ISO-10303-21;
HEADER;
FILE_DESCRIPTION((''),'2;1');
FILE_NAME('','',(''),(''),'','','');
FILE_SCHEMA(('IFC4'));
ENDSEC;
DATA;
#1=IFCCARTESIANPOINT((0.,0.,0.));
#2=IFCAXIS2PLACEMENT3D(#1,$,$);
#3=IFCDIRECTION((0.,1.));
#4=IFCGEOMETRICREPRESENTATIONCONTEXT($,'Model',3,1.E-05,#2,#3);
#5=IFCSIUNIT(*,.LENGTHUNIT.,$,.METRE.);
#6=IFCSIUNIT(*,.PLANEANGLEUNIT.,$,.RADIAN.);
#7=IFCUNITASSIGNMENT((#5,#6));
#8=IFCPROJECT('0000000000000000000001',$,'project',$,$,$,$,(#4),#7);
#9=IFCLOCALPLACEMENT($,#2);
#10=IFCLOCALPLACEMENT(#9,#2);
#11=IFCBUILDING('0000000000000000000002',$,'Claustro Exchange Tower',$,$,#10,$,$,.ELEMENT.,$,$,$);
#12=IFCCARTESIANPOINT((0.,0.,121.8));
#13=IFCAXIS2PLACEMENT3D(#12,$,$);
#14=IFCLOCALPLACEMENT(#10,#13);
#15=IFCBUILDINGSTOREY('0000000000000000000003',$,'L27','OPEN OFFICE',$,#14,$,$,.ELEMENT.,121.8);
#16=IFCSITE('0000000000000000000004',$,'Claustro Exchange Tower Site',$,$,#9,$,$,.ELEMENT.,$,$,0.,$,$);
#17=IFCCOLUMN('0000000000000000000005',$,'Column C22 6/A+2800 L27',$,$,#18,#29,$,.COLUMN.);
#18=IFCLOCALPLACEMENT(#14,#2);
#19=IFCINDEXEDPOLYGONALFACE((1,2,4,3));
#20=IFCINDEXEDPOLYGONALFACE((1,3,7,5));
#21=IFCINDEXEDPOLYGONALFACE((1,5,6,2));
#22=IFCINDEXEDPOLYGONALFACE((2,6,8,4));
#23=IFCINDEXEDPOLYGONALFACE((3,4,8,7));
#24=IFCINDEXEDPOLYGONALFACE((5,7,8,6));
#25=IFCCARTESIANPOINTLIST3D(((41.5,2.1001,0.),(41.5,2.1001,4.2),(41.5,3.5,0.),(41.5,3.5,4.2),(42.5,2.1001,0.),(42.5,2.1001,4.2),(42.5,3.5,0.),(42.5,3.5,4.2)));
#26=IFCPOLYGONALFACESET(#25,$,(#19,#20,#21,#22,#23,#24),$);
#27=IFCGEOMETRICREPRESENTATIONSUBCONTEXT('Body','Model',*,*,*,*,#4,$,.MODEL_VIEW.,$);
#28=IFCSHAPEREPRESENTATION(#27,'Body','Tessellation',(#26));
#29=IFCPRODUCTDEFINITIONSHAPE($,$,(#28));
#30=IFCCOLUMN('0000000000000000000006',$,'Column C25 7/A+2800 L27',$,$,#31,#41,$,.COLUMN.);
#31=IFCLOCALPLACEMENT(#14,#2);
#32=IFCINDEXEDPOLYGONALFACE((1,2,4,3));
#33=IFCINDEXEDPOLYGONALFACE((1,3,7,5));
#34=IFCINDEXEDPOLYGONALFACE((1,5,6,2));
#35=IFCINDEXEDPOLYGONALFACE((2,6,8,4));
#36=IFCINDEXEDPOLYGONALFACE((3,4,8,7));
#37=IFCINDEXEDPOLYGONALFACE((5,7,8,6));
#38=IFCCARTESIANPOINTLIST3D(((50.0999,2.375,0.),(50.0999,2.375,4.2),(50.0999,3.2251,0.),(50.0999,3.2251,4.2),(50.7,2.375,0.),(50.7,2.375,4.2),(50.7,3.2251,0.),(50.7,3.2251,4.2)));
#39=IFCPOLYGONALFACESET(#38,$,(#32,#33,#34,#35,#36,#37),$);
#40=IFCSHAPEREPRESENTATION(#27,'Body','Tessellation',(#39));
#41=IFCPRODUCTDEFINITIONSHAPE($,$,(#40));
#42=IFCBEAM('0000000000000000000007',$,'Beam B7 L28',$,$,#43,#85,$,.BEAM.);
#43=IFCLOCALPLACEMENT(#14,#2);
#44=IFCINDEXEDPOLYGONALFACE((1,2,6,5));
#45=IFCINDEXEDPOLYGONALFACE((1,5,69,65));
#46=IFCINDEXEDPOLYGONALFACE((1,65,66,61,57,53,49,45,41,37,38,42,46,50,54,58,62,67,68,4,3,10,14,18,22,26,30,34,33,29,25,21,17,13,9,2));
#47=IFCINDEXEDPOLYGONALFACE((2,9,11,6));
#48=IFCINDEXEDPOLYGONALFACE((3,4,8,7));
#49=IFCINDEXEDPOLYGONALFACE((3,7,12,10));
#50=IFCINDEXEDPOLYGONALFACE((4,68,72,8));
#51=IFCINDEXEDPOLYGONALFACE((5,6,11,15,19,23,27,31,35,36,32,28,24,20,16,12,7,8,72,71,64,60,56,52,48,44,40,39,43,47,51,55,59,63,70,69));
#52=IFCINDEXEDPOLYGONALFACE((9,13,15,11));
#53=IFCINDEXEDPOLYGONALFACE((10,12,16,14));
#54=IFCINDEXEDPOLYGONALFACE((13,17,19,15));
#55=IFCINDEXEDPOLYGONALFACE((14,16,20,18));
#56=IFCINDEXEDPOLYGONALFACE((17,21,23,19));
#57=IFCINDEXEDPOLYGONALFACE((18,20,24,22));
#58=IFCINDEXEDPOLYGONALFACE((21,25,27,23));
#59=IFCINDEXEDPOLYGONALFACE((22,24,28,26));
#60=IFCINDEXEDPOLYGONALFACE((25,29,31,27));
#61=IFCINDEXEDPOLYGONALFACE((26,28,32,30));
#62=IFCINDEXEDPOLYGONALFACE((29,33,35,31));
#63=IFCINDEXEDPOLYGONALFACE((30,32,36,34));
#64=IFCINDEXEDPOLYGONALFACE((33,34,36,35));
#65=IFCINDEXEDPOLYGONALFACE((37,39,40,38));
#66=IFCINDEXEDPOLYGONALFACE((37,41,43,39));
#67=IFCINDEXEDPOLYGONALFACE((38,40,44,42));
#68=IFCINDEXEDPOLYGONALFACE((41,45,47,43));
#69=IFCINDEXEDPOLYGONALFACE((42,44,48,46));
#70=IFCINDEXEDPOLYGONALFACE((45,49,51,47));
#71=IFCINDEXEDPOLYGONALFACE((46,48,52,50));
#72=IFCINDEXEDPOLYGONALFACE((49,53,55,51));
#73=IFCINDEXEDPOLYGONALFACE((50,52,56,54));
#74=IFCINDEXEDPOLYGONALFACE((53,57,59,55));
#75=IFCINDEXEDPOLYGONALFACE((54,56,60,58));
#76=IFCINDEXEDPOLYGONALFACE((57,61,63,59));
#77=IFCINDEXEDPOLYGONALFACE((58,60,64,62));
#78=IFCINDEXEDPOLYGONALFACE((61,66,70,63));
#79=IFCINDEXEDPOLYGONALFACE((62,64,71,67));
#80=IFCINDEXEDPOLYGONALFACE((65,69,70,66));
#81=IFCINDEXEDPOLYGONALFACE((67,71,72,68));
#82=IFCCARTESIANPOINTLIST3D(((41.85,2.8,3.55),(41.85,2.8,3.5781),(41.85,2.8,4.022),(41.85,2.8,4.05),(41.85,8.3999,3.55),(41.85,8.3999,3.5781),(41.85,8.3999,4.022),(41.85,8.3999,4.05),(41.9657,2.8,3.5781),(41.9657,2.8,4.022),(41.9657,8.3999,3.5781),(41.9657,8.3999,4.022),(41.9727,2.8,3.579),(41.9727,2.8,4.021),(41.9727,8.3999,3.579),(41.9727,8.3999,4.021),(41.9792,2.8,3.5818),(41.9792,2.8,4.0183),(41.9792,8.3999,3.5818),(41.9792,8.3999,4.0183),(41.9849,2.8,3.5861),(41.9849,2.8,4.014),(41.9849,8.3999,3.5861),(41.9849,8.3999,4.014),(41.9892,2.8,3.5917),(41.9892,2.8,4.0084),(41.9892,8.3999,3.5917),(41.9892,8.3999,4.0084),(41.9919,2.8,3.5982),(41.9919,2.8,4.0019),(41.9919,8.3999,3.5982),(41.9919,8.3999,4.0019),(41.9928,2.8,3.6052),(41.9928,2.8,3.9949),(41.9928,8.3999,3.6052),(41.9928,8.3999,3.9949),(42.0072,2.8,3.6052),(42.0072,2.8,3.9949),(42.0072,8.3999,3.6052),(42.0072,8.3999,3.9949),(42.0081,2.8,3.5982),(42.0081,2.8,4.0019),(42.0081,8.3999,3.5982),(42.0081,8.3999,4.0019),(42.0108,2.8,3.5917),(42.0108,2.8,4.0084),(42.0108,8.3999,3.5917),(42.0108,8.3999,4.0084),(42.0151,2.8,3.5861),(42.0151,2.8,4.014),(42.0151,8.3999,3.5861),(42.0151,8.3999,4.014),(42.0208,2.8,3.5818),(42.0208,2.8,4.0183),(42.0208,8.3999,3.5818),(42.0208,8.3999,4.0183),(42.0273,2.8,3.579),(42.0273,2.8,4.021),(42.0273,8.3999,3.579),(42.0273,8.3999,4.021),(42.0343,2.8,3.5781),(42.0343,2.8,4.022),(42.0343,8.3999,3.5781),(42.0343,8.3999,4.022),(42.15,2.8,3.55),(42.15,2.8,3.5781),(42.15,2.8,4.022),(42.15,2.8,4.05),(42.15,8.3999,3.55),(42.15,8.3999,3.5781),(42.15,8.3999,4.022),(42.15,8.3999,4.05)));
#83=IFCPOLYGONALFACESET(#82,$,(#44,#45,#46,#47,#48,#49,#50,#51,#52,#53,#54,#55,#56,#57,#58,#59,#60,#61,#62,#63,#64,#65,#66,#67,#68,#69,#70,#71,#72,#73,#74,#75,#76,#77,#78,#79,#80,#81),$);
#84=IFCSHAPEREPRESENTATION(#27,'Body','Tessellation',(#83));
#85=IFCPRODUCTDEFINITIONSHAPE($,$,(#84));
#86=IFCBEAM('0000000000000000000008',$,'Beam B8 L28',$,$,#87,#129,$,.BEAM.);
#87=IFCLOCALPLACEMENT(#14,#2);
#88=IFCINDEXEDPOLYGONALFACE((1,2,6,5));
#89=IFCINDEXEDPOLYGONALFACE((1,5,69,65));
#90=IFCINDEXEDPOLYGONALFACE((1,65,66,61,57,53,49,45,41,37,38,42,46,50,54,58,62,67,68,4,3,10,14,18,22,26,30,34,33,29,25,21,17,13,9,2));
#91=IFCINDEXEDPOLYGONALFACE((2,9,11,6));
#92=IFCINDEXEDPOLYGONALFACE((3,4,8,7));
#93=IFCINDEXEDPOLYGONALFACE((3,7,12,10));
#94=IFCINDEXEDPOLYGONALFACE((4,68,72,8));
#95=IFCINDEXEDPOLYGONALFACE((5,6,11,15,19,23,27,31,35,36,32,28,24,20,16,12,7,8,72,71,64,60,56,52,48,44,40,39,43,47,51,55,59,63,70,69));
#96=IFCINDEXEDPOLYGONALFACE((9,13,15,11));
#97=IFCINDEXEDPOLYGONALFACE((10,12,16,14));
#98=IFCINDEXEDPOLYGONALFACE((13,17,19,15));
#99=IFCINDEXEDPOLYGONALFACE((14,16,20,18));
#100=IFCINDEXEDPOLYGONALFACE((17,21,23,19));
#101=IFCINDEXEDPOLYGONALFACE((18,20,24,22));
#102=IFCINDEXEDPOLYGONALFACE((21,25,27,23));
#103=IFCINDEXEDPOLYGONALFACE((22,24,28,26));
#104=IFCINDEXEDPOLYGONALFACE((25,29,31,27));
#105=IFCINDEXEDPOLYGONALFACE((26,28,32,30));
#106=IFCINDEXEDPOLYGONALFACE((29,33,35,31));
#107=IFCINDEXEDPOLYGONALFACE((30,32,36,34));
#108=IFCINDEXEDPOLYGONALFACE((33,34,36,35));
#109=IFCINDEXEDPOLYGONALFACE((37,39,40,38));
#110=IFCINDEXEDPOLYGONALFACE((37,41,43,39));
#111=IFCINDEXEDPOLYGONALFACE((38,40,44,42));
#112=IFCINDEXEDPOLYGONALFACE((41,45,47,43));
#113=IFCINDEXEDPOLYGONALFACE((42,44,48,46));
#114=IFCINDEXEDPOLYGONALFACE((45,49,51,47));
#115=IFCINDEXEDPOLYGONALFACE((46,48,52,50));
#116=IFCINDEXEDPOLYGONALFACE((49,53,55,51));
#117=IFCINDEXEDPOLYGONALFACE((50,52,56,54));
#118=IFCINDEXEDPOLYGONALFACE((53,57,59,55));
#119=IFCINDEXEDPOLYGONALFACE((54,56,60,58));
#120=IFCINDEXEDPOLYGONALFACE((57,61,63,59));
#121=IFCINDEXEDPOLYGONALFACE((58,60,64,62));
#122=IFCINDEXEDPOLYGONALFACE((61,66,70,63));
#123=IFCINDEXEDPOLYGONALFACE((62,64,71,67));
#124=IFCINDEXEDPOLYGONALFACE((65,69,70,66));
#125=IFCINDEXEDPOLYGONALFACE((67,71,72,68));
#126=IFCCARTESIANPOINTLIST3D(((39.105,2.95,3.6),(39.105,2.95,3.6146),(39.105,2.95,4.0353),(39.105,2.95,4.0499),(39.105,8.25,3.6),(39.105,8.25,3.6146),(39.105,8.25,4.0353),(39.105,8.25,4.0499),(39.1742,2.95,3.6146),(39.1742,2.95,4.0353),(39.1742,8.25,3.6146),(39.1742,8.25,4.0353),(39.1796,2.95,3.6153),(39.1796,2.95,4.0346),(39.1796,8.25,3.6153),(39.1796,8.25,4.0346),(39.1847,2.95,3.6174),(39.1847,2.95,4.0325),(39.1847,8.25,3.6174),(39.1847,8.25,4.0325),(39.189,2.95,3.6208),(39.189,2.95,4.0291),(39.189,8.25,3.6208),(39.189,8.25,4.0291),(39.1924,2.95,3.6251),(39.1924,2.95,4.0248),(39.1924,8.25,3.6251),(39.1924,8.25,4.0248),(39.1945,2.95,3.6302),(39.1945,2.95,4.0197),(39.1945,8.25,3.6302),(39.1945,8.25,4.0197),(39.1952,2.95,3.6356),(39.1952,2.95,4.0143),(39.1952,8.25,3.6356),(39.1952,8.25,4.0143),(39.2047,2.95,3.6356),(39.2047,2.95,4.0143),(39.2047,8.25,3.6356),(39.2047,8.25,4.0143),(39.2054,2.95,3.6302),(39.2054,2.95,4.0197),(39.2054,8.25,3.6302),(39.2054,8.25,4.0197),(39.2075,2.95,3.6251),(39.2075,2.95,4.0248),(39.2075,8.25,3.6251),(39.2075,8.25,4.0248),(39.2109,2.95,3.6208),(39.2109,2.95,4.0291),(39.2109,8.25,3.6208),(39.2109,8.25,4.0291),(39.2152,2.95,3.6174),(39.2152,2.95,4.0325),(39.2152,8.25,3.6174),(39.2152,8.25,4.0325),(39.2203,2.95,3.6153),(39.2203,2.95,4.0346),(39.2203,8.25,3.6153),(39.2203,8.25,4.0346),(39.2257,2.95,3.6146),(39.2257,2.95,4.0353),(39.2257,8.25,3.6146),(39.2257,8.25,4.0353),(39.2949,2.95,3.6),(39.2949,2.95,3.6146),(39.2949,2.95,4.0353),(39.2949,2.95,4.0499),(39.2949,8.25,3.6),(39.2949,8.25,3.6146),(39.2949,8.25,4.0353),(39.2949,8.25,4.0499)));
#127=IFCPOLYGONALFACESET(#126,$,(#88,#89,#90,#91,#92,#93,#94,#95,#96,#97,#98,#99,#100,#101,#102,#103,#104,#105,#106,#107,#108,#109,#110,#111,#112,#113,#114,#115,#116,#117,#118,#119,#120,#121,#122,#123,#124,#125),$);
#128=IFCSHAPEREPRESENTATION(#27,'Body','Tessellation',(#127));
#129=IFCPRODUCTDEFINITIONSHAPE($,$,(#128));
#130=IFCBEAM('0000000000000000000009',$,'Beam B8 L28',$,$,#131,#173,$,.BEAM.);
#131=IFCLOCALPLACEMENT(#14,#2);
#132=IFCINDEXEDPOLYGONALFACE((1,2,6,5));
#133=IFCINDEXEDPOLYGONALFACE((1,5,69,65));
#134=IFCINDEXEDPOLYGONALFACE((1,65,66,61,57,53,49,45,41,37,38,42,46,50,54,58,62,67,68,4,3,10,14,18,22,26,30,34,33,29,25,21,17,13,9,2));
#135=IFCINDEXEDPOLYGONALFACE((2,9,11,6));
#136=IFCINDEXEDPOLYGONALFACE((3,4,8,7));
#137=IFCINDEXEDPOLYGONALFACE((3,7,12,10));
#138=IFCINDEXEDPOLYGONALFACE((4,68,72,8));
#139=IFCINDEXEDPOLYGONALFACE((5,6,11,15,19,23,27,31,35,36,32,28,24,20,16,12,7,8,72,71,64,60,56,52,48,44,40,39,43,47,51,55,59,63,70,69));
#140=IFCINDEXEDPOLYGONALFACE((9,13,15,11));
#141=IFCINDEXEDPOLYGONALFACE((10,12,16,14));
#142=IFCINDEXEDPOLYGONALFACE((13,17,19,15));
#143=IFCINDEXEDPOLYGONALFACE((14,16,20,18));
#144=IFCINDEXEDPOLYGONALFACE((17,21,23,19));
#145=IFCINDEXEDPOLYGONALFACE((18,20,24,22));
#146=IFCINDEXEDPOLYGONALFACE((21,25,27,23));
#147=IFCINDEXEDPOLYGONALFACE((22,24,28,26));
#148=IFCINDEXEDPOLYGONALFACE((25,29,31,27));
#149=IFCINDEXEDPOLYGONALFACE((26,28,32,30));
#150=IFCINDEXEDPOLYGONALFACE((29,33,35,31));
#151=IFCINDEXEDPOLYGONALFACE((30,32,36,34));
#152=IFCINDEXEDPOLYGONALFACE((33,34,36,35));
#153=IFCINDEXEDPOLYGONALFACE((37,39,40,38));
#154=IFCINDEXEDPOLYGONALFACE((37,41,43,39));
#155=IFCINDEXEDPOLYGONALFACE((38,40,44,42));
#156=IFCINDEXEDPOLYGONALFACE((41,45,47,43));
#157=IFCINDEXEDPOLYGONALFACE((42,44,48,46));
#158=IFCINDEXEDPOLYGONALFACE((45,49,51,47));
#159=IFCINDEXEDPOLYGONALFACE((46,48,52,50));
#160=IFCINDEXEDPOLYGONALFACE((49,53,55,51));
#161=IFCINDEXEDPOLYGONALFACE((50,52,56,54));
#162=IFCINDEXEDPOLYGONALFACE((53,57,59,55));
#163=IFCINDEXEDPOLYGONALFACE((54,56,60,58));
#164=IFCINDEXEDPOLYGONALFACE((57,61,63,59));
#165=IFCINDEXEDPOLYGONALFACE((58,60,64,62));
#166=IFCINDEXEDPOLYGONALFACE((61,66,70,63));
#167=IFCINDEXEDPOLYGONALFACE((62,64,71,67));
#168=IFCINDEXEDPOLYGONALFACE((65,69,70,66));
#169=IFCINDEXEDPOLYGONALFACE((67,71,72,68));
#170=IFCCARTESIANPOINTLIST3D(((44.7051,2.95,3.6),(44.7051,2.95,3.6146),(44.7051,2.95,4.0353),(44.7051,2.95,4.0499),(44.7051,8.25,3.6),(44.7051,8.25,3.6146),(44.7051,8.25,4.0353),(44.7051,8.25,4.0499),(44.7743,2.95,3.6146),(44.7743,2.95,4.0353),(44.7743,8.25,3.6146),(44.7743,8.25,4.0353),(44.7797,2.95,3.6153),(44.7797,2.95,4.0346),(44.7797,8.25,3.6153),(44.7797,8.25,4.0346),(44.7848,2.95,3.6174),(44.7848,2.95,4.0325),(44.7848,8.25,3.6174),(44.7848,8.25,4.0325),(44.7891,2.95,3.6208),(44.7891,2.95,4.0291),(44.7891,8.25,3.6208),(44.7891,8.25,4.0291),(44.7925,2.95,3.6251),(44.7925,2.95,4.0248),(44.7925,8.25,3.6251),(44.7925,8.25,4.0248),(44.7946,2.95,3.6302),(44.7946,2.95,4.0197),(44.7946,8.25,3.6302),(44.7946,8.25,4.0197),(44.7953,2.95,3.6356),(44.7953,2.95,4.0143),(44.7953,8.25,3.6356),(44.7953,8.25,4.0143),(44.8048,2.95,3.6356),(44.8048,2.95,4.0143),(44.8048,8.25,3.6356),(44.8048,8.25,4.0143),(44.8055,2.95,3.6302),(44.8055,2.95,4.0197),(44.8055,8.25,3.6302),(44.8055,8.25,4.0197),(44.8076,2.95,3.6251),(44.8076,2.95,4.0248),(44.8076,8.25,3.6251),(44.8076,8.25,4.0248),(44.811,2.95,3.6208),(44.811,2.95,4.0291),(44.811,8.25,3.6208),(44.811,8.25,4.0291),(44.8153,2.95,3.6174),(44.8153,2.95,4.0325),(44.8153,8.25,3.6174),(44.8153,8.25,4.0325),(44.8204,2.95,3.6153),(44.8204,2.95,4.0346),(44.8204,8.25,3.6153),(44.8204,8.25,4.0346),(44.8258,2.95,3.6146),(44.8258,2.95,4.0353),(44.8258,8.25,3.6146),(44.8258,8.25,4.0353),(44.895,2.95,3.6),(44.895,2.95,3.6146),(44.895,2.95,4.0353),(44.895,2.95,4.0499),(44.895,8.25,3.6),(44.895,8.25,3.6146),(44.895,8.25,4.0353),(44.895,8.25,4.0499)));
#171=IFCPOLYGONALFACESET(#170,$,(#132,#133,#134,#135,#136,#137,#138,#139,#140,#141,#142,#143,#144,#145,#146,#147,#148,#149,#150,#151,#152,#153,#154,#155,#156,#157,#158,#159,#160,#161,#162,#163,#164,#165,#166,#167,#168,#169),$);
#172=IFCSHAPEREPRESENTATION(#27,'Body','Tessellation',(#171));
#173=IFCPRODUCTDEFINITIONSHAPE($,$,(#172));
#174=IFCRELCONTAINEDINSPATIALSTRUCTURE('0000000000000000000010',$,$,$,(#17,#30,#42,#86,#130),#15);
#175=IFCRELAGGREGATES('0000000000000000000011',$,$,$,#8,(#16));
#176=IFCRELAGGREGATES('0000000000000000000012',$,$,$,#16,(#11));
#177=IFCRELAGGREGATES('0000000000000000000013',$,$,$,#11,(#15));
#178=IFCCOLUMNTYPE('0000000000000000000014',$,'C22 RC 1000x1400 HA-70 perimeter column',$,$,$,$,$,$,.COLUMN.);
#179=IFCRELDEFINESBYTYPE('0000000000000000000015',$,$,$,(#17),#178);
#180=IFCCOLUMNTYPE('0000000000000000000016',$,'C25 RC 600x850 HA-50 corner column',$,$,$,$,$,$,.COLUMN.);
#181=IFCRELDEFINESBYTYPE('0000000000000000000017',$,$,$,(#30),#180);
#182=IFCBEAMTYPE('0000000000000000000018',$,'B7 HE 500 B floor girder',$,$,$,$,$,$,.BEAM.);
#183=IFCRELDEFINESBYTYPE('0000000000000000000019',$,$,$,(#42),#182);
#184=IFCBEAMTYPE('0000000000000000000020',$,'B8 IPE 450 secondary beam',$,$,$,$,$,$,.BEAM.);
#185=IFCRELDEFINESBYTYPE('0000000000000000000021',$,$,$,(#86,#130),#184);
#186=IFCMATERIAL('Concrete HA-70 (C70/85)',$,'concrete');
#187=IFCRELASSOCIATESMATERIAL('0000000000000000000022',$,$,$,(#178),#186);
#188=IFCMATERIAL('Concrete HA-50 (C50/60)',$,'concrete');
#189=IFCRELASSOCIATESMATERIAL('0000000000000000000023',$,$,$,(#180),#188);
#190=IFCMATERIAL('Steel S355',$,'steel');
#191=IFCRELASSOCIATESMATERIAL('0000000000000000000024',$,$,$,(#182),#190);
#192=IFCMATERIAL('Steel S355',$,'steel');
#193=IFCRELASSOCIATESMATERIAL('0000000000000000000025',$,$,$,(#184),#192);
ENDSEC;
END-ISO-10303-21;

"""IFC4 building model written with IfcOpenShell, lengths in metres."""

from ifc_helpers import new_model, si_unit, direction, frame, origin, origin_2d, place, context, subcontext, project, spatial, rectangle, i_section, extrude, material, material_profile, profile_set, type_object, element, save


model = new_model("IFC4")

# Units and contexts
model_context = context("Model", 3, precision=1e-05, world=origin(), true_north=direction((0.0, 1.0)))
body_context = subcontext(model_context, "Body", "Model", "MODEL_VIEW")
ifc_project = project(units=[si_unit("LENGTHUNIT", "METRE"), si_unit("PLANEANGLEUNIT", "RADIAN")], contexts=[model_context])

# Site, building, storey
site_placement = place(None, origin())
site = spatial("IfcSite", under=ifc_project, at=site_placement, Name="Claustro Exchange Tower Site", CompositionType="ELEMENT", RefElevation=0.0)
building_placement = place(site_placement, origin())
building = spatial("IfcBuilding", under=site, at=building_placement, Name="Claustro Exchange Tower", CompositionType="ELEMENT")
storey_placement = place(building_placement, frame((0.0, 0.0, 121.8)))
storey = spatial("IfcBuildingStorey", under=building, at=storey_placement, Name="L27", Description="OPEN OFFICE", CompositionType="ELEMENT", Elevation=121.8)

# Columns
ifc_material_1 = material(Name="Concrete HA-70 (C70/85)", Category="concrete")
ifc_material_profile_1 = material_profile(ifc_material_1, rectangle(XDim=1.0, YDim=1.3999, at=origin_2d()), Name="RC 1000x1400")
ifc_profile_set_1 = profile_set([ifc_material_profile_1], Name="Concrete HA-70 (C70/85)")
column_type_1 = type_object("IfcColumnType", Name="C22 RC 1000x1400 HA-70 perimeter column", PredefinedType="COLUMN", material=ifc_profile_set_1)
column_1_placement = place(storey_placement, frame((42.0, 2.8, 0.0), z_axis=(0.0, 0.0, 1.0), x_axis=(1.0, 0.0, 0.0)))
element("IfcColumn", 1, at=column_1_placement, inside=storey, type_object=column_type_1, Name="Column C22 6/A+2800 L27", PredefinedType="COLUMN", context=body_context, shape_type="SweptSolid", body=[
    extrude(rectangle(XDim=1.0, YDim=1.3999, at=origin_2d()), origin(), (0.0, 0.0, 1.0), 4.2),
])
ifc_material_2 = material(Name="Concrete HA-50 (C50/60)", Category="concrete")
ifc_material_profile_2 = material_profile(ifc_material_2, rectangle(XDim=0.6001, YDim=0.8501, at=origin_2d()), Name="RC 600x850")
ifc_profile_set_2 = profile_set([ifc_material_profile_2], Name="Concrete HA-50 (C50/60)")
column_type_2 = type_object("IfcColumnType", Name="C25 RC 600x850 HA-50 corner column", PredefinedType="COLUMN", material=ifc_profile_set_2)
column_2_placement = place(storey_placement, frame((50.3999, 2.8, 0.0), z_axis=(0.0, 0.0, 1.0), x_axis=(1.0, 0.0, 0.0)))
element("IfcColumn", 2, at=column_2_placement, inside=storey, type_object=column_type_2, Name="Column C25 7/A+2800 L27", PredefinedType="COLUMN", context=body_context, shape_type="SweptSolid", body=[
    extrude(rectangle(XDim=0.6001, YDim=0.8501, at=origin_2d()), origin(), (0.0, 0.0, 1.0), 4.2),
])

# Beams
ifc_material_3 = material(Name="Steel S355", Category="steel")
ifc_material_profile_3 = material_profile(ifc_material_3, i_section(OverallWidth=0.3, OverallDepth=0.5, WebThickness=0.0144, FlangeThickness=0.0281, FilletRadius=0.0271, at=origin_2d()), Name="HE 500 B")
ifc_profile_set_3 = profile_set([ifc_material_profile_3], Name="Steel S355")
beam_type_1 = type_object("IfcBeamType", Name="B7 HE 500 B floor girder", PredefinedType="BEAM", material=ifc_profile_set_3)
beam_1_placement = place(storey_placement, frame((42.0, 2.8, 3.8), z_axis=(0.0, 1.0, 0.0), x_axis=(-1.0, 0.0, 0.0)))
element("IfcBeam", 3, at=beam_1_placement, inside=storey, type_object=beam_type_1, Name="Beam B7 L28", PredefinedType="BEAM", context=body_context, shape_type="SweptSolid", body=[
    extrude(i_section(OverallWidth=0.3, OverallDepth=0.5, WebThickness=0.0144, FlangeThickness=0.0281, FilletRadius=0.0271, at=origin_2d()), origin(), (0.0, 0.0, 1.0), 5.5999),
])
ifc_material_4 = material(Name="Steel S355", Category="steel")
ifc_material_profile_4 = material_profile(ifc_material_4, i_section(OverallWidth=0.1899, OverallDepth=0.45, WebThickness=0.0095, FlangeThickness=0.0146, FilletRadius=0.021, at=origin_2d()), Name="IPE 450")
ifc_profile_set_4 = profile_set([ifc_material_profile_4], Name="Steel S355")
beam_type_2 = type_object("IfcBeamType", Name="B8 IPE 450 secondary beam", PredefinedType="BEAM", material=ifc_profile_set_4)
for number, where, z_axis, x_axis, name in (
    (4, (39.2, 2.95, 3.825), (0.0, 1.0, 0.0), (-1.0, 0.0, 0.0), "Beam B8 L28"),
    (5, (44.8, 2.95, 3.825), (0.0, 1.0, 0.0), (-1.0, 0.0, 0.0), "Beam B8 L28"),
):
    element("IfcBeam", number, at=place(storey_placement, frame(where, z_axis=z_axis, x_axis=x_axis)), inside=storey, type_object=beam_type_2, Name=name, PredefinedType="BEAM", context=body_context, shape_type="SweptSolid", body=[
        extrude(i_section(OverallWidth=0.1899, OverallDepth=0.45, WebThickness=0.0095, FlangeThickness=0.0146, FilletRadius=0.021, at=origin_2d()), origin(), (0.0, 0.0, 1.0), 5.3),
    ])

save(model, "model.ifc")
